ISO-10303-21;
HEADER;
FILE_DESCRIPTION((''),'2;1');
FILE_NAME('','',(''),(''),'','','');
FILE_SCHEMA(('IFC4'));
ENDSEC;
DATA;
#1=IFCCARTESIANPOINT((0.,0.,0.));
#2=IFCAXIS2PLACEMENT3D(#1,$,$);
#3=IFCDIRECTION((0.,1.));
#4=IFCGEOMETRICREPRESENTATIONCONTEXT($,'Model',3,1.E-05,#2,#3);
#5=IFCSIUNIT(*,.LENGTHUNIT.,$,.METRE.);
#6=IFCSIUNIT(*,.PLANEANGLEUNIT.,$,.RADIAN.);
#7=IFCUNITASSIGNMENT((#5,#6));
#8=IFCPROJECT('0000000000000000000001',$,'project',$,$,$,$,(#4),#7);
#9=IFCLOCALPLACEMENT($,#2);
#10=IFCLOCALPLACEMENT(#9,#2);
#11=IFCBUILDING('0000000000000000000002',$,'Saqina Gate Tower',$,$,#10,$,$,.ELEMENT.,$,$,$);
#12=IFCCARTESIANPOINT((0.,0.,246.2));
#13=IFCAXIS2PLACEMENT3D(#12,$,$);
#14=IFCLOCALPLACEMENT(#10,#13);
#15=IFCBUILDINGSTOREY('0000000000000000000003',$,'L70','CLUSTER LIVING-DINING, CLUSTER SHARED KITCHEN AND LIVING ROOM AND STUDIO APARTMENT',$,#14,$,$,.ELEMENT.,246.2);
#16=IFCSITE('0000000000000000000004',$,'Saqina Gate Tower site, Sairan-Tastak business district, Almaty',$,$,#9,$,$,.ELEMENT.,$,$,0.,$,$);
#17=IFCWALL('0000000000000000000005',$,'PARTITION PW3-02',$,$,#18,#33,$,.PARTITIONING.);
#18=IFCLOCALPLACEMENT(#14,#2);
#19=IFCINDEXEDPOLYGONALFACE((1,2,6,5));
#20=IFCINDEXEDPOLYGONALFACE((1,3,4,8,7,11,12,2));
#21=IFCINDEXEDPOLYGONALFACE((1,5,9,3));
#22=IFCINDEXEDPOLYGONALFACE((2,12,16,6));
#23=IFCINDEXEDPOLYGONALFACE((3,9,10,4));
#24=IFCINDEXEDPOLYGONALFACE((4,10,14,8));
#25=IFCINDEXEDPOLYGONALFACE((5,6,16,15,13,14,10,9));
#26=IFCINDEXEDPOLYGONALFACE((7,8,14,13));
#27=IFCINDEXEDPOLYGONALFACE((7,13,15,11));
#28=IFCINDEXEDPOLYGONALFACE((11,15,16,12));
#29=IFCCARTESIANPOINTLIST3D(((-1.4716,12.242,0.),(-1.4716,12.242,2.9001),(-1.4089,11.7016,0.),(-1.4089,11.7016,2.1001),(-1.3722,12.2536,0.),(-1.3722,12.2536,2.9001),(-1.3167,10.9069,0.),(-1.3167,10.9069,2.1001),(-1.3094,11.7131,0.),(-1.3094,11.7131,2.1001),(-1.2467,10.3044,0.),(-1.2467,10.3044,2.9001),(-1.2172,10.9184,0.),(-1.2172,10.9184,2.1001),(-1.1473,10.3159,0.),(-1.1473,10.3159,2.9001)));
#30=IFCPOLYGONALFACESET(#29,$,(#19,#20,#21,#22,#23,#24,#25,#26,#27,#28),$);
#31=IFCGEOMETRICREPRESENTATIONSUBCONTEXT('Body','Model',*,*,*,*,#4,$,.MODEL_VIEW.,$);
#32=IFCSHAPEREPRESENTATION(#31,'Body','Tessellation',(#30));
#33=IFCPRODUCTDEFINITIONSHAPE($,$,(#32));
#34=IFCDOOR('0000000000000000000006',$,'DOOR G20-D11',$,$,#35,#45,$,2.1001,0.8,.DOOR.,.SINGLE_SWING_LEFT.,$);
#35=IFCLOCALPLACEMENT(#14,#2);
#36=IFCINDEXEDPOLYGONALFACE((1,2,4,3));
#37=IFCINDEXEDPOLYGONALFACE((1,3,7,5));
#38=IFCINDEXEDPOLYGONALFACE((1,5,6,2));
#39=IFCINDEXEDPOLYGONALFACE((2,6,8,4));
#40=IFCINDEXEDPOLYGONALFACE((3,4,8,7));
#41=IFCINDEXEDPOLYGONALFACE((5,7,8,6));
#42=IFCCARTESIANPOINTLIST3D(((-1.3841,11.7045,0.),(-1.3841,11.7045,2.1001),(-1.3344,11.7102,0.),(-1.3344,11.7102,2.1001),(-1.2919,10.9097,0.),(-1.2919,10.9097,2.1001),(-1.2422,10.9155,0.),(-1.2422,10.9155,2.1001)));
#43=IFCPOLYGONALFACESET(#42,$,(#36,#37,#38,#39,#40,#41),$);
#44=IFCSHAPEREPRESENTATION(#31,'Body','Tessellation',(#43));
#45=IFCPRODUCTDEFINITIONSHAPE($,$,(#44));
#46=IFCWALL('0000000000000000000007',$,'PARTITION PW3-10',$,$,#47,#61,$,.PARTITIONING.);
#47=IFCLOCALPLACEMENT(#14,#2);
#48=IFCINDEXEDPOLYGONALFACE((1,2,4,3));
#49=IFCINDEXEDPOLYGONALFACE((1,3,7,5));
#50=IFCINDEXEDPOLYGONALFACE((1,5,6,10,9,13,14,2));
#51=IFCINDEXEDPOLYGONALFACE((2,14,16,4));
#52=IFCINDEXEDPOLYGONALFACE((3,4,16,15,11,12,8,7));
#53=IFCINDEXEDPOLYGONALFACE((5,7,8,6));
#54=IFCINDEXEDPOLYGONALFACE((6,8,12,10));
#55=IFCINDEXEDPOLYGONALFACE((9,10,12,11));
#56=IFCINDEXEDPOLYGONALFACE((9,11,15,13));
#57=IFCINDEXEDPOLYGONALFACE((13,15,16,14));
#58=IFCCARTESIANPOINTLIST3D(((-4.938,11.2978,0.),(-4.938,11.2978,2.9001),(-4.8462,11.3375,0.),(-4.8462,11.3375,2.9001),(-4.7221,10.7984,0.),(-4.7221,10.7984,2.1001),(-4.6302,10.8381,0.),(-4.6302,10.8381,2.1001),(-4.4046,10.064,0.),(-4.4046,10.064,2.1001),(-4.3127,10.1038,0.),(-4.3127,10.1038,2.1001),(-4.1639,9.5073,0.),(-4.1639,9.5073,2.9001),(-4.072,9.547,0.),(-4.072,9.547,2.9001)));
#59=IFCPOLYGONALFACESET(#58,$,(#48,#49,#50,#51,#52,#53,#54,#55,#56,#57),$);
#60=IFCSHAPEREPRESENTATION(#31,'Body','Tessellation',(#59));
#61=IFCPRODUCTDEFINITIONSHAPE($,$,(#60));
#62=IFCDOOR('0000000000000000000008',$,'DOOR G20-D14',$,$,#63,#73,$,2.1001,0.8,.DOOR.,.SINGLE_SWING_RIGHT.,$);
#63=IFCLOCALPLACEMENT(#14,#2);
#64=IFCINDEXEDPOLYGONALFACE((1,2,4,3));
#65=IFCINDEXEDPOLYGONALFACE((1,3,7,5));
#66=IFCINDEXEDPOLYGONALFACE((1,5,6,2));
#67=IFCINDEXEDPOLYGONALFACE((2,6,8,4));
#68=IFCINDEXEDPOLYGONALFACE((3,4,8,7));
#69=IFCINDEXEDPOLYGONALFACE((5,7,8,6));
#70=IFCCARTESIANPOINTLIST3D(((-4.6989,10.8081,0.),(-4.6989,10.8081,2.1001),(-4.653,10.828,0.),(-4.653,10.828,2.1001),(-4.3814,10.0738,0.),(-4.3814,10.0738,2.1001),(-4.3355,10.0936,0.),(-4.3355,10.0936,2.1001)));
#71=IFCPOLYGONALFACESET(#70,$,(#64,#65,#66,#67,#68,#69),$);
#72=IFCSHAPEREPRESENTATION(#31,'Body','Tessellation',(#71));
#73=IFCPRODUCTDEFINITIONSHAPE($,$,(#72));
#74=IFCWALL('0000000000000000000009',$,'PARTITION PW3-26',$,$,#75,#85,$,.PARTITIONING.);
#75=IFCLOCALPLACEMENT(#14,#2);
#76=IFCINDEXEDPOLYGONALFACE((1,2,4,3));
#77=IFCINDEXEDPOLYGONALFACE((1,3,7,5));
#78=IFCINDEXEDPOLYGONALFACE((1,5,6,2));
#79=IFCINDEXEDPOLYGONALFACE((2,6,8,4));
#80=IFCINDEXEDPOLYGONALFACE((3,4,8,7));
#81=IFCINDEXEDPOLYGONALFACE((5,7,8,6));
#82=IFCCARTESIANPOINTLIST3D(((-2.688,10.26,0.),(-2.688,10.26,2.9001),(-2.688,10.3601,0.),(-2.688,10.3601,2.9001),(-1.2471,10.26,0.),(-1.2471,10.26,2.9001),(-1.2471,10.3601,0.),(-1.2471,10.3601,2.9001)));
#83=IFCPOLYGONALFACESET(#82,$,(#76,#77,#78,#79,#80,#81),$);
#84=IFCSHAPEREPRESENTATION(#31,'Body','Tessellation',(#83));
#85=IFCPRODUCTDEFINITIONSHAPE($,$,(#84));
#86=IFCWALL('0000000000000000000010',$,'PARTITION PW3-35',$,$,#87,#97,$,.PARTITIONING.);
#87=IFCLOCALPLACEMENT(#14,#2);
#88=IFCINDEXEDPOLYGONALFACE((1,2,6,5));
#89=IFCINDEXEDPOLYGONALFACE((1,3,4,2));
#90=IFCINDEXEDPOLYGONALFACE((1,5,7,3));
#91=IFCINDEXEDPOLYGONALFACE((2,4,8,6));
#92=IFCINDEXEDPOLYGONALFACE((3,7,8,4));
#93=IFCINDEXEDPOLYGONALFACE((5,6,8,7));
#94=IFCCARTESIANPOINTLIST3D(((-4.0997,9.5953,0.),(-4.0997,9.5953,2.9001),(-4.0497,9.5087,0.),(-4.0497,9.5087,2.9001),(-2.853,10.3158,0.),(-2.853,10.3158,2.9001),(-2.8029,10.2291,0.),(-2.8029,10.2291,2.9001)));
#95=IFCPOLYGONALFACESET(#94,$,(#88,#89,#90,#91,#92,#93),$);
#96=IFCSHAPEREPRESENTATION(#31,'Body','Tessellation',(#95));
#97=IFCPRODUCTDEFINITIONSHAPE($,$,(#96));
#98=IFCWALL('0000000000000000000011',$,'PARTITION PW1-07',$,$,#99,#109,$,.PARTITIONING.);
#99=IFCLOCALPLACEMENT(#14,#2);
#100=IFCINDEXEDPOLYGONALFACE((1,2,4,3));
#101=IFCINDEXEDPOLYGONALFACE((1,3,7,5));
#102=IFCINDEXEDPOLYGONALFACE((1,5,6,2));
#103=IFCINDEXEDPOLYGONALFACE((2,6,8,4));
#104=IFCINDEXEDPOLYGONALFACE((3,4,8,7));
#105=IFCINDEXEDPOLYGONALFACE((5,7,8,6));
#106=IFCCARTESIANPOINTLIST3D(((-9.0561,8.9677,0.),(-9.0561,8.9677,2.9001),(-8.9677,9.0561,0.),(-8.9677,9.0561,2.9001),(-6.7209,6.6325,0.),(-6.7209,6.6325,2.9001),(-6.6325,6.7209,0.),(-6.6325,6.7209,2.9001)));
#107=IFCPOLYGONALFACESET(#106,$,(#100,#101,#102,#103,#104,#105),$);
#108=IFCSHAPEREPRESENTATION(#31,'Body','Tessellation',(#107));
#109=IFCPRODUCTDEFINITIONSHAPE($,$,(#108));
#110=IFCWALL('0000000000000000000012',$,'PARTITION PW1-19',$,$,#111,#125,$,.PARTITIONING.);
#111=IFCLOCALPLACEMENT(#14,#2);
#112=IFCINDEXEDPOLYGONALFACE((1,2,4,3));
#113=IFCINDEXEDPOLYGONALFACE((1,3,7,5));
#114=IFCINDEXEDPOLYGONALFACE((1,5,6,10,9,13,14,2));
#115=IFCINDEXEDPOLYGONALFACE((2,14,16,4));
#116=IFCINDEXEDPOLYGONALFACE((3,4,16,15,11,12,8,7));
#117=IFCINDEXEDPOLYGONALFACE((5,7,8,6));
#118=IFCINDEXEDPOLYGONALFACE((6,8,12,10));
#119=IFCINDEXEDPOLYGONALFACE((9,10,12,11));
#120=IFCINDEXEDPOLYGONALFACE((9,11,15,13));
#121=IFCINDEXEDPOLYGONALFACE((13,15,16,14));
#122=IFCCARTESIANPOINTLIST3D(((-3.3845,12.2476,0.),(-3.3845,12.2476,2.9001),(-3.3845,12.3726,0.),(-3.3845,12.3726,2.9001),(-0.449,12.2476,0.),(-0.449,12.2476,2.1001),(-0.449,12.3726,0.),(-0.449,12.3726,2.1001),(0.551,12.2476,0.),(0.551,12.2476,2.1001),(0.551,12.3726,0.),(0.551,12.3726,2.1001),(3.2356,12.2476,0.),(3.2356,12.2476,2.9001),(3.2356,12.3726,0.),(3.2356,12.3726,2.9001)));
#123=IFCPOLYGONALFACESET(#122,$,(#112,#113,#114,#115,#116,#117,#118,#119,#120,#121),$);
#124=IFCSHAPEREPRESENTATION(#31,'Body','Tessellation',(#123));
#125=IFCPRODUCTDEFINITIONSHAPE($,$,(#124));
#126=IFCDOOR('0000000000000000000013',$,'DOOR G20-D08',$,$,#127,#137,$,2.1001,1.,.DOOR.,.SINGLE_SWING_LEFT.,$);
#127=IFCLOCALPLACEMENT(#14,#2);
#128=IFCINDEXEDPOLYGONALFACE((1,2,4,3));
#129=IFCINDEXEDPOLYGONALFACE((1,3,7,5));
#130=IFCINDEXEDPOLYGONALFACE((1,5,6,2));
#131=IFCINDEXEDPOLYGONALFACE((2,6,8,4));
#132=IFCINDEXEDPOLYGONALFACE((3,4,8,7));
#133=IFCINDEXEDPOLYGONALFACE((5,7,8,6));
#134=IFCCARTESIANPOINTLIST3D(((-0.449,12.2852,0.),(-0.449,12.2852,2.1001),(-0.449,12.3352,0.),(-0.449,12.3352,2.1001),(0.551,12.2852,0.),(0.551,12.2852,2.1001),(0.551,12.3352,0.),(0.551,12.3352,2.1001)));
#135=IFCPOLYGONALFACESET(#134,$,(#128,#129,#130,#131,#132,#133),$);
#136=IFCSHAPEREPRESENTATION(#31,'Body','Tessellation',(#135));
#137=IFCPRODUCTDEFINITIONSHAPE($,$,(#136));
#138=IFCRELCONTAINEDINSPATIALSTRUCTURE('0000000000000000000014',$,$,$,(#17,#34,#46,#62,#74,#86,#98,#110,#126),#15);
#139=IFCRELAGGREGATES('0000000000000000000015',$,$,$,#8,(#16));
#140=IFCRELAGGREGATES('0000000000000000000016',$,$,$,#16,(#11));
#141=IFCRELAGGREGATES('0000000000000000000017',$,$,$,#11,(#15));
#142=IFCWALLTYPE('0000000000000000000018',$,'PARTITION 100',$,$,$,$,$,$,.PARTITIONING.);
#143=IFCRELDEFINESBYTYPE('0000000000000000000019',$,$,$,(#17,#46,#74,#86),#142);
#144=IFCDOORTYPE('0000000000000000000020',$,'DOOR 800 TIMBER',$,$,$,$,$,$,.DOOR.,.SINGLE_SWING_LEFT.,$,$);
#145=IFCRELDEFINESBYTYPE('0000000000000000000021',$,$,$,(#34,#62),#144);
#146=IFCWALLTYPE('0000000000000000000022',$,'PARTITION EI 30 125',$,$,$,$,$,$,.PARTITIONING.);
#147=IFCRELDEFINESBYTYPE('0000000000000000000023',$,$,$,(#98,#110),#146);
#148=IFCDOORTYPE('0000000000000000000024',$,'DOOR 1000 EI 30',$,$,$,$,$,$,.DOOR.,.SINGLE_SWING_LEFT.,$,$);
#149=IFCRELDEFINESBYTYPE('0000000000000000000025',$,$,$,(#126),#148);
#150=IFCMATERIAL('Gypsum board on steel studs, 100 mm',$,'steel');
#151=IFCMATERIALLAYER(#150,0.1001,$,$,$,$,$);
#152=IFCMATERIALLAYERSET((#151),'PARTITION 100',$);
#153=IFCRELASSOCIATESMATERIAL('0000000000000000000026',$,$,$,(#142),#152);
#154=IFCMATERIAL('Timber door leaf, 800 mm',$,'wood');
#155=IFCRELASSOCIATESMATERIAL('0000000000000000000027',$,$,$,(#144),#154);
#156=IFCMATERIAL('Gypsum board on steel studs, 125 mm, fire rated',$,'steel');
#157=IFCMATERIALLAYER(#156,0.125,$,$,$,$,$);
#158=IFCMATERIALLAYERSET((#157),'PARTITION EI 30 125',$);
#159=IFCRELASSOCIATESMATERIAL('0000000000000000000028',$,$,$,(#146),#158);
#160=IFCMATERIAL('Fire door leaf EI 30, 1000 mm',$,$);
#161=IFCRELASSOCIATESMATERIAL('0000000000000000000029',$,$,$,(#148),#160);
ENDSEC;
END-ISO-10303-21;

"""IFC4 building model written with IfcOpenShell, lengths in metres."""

from ifc_helpers import new_model, si_unit, direction, frame, frame_2d, origin, place, context, subcontext, project, spatial, rectangle, extrude, material, layer, layer_set, type_object, element, fill, save


model = new_model("IFC4")

# Units and contexts
model_context = context("Model", 3, precision=1e-05, world=origin(), true_north=direction((0.0, 1.0)))
body_context = subcontext(model_context, "Body", "Model", "MODEL_VIEW")
ifc_project = project(units=[si_unit("LENGTHUNIT", "METRE"), si_unit("PLANEANGLEUNIT", "RADIAN")], contexts=[model_context])

# Site, building, storey
site_placement = place(None, origin())
site = spatial("IfcSite", under=ifc_project, at=site_placement, Name="Saqina Gate Tower site, Sairan-Tastak business district, Almaty", CompositionType="ELEMENT", RefElevation=0.0)
building_placement = place(site_placement, origin())
building = spatial("IfcBuilding", under=site, at=building_placement, Name="Saqina Gate Tower", CompositionType="ELEMENT")
storey_placement = place(building_placement, frame((0.0, 0.0, 246.2)))
storey = spatial("IfcBuildingStorey", under=building, at=storey_placement, Name="L70", Description="CLUSTER LIVING-DINING, CLUSTER SHARED KITCHEN AND LIVING ROOM AND STUDIO APARTMENT", CompositionType="ELEMENT", Elevation=246.2)

# Walls, openings, doors
ifc_material_1 = material(Name="Gypsum board on steel studs, 100 mm", Category="steel")
ifc_layer_1 = layer(ifc_material_1, 0.1001)
ifc_layer_set_1 = layer_set([ifc_layer_1], Name="PARTITION 100")
wall_type_1 = type_object("IfcWallType", Name="PARTITION 100", PredefinedType="PARTITIONING", material=ifc_layer_set_1)
wall_1_placement = place(storey_placement, frame((-1.4219, 12.2478, 0.0), z_axis=(0.0, 0.0, 1.0), x_axis=(0.115265, -0.993335, 0.0)))
wall_1 = element("IfcWall", 1, at=wall_1_placement, inside=storey, type_object=wall_type_1, Name="PARTITION PW3-02", PredefinedType="PARTITIONING", context=body_context, shape_type="SweptSolid", body=[
    extrude(rectangle(XDim=1.9507, YDim=0.1001, at=frame_2d((0.9753, 0.0))), origin(), (0.0, 0.0, 1.0), 2.9001),
])
opening_1_placement = place(wall_1_placement, frame((0.5442, 0.0, 0.0)))
opening_1 = element("IfcOpeningElement", 2, at=opening_1_placement, cuts=wall_1, PredefinedType="OPENING", context=body_context, shape_type="SweptSolid", body=[
    extrude(rectangle(XDim=0.8, YDim=2.1001, at=frame_2d((0.3999, 1.05))), frame((0.0, 0.062, 0.0), z_axis=(0.0, -1.0, 0.0), x_axis=(1.0, 0.0, 0.0)), (0.0, 0.0, 1.0), 0.124),
])
ifc_material_2 = material(Name="Timber door leaf, 800 mm", Category="wood")
door_type_1 = type_object("IfcDoorType", Name="DOOR 800 TIMBER", OperationType="SINGLE_SWING_LEFT", PredefinedType="DOOR", material=ifc_material_2)
door_1_placement = place(opening_1_placement, origin())
door_1 = element("IfcDoor", 3, at=door_1_placement, inside=storey, type_object=door_type_1, Name="DOOR G20-D11", OperationType="SINGLE_SWING_LEFT", OverallHeight=2.1001, OverallWidth=0.8, PredefinedType="DOOR", context=body_context, shape_type="SweptSolid", body=[
    extrude(rectangle(XDim=0.8, YDim=2.1001, at=frame_2d((0.3999, 1.05))), frame((0.0, 0.0249, 0.0), z_axis=(0.0, -1.0, 0.0), x_axis=(1.0, 0.0, 0.0)), (0.0, 0.0, 1.0), 0.05),
])
fill(opening_1, door_1)
wall_2_placement = place(storey_placement, frame((-4.8921, 11.3176, 0.0), z_axis=(0.0, 0.0, 1.0), x_axis=(0.396863, -0.917878, 0.0)))
wall_2 = element("IfcWall", 4, at=wall_2_placement, inside=storey, type_object=wall_type_1, Name="PARTITION PW3-10", PredefinedType="PARTITIONING", context=body_context, shape_type="SweptSolid", body=[
    extrude(rectangle(XDim=1.9507, YDim=0.1001, at=frame_2d((0.9753, 0.0))), origin(), (0.0, 0.0, 1.0), 2.9001),
])
opening_2_placement = place(wall_2_placement, frame((0.5442, 0.0, 0.0)))
opening_2 = element("IfcOpeningElement", 5, at=opening_2_placement, cuts=wall_2, PredefinedType="OPENING", context=body_context, shape_type="SweptSolid", body=[
    extrude(rectangle(XDim=0.8, YDim=2.1001, at=frame_2d((0.3999, 1.05))), frame((0.0, 0.062, 0.0), z_axis=(0.0, -1.0, 0.0), x_axis=(1.0, 0.0, 0.0)), (0.0, 0.0, 1.0), 0.124),
])
door_2_placement = place(opening_2_placement, frame((0.8, 0.0, 0.0), z_axis=(0.0, 0.0, 1.0), x_axis=(-1.0, 0.0, 0.0)))
door_2 = element("IfcDoor", 6, at=door_2_placement, inside=storey, type_object=door_type_1, Name="DOOR G20-D14", OperationType="SINGLE_SWING_RIGHT", OverallHeight=2.1001, OverallWidth=0.8, PredefinedType="DOOR", context=body_context, shape_type="SweptSolid", body=[
    extrude(rectangle(XDim=0.8, YDim=2.1001, at=frame_2d((0.3999, 1.05))), frame((0.0, 0.0249, 0.0), z_axis=(0.0, -1.0, 0.0), x_axis=(1.0, 0.0, 0.0)), (0.0, 0.0, 1.0), 0.05),
])
fill(opening_2, door_2)

# Walls
wall_3_placement = place(storey_placement, frame((-2.688, 10.3101, 0.0), z_axis=(0.0, 0.0, 1.0), x_axis=(1.0, 0.0, 0.0)))
element("IfcWall", 7, at=wall_3_placement, inside=storey, type_object=wall_type_1, Name="PARTITION PW3-26", PredefinedType="PARTITIONING", context=body_context, shape_type="SweptSolid", body=[
    extrude(rectangle(XDim=1.4409, YDim=0.1001, at=frame_2d((0.7205, 0.0))), origin(), (0.0, 0.0, 1.0), 2.9001),
])
wall_4_placement = place(storey_placement, frame((-4.0747, 9.552, 0.0), z_axis=(0.0, 0.0, 1.0), x_axis=(0.865844, 0.500314, 0.0)))
element("IfcWall", 8, at=wall_4_placement, inside=storey, type_object=wall_type_1, Name="PARTITION PW3-35", PredefinedType="PARTITIONING", context=body_context, shape_type="SweptSolid", body=[
    extrude(rectangle(XDim=1.4399, YDim=0.1001, at=frame_2d((0.72, 0.0))), origin(), (0.0, 0.0, 1.0), 2.9001),
])
ifc_material_3 = material(Name="Gypsum board on steel studs, 125 mm, fire rated", Category="steel")
ifc_layer_2 = layer(ifc_material_3, 0.125)
ifc_layer_set_2 = layer_set([ifc_layer_2], Name="PARTITION EI 30 125")
wall_type_2 = type_object("IfcWallType", Name="PARTITION EI 30 125", PredefinedType="PARTITIONING", material=ifc_layer_set_2)
wall_5_placement = place(storey_placement, frame((-9.012, 9.012, 0.0), z_axis=(0.0, 0.0, 1.0), x_axis=(0.707107, -0.707107, 0.0)))
element("IfcWall", 9, at=wall_5_placement, inside=storey, type_object=wall_type_2, Name="PARTITION PW1-07", PredefinedType="PARTITIONING", context=body_context, shape_type="SweptSolid", body=[
    extrude(rectangle(XDim=3.3025, YDim=0.125, at=frame_2d((1.6514, 0.0))), origin(), (0.0, 0.0, 1.0), 2.9001),
])

# Wall, opening, door
wall_6_placement = place(storey_placement, frame((-3.3845, 12.3101, 0.0), z_axis=(0.0, 0.0, 1.0), x_axis=(1.0, 0.0, 0.0)))
wall_6 = element("IfcWall", 10, at=wall_6_placement, inside=storey, type_object=wall_type_2, Name="PARTITION PW1-19", PredefinedType="PARTITIONING", context=body_context, shape_type="SweptSolid", body=[
    extrude(rectangle(XDim=6.6201, YDim=0.125, at=frame_2d((3.3101, 0.0))), origin(), (0.0, 0.0, 1.0), 2.9001),
])
opening_3_placement = place(wall_6_placement, frame((2.9355, 0.0, 0.0)))
opening_3 = element("IfcOpeningElement", 11, at=opening_3_placement, cuts=wall_6, PredefinedType="OPENING", context=body_context, shape_type="SweptSolid", body=[
    extrude(rectangle(XDim=1.0, YDim=2.1001, at=frame_2d((0.5, 1.05))), frame((0.0, 0.0745, 0.0), z_axis=(0.0, -1.0, 0.0), x_axis=(1.0, 0.0, 0.0)), (0.0, 0.0, 1.0), 0.1489),
])
ifc_material_4 = material(Name="Fire door leaf EI 30, 1000 mm")
door_type_2 = type_object("IfcDoorType", Name="DOOR 1000 EI 30", OperationType="SINGLE_SWING_LEFT", PredefinedType="DOOR", material=ifc_material_4)
door_3_placement = place(opening_3_placement, frame((1.0, 0.0, 0.0), z_axis=(0.0, 0.0, 1.0), x_axis=(-1.0, 0.0, 0.0)))
door_3 = element("IfcDoor", 12, at=door_3_placement, inside=storey, type_object=door_type_2, Name="DOOR G20-D08", OperationType="SINGLE_SWING_LEFT", OverallHeight=2.1001, OverallWidth=1.0, PredefinedType="DOOR", context=body_context, shape_type="SweptSolid", body=[
    extrude(rectangle(XDim=1.0, YDim=2.1001, at=frame_2d((0.5, 1.05))), frame((0.0, 0.0249, 0.0), z_axis=(0.0, -1.0, 0.0), x_axis=(1.0, 0.0, 0.0)), (0.0, 0.0, 1.0), 0.05),
])
fill(opening_3, door_3)

save(model, "model.ifc")
